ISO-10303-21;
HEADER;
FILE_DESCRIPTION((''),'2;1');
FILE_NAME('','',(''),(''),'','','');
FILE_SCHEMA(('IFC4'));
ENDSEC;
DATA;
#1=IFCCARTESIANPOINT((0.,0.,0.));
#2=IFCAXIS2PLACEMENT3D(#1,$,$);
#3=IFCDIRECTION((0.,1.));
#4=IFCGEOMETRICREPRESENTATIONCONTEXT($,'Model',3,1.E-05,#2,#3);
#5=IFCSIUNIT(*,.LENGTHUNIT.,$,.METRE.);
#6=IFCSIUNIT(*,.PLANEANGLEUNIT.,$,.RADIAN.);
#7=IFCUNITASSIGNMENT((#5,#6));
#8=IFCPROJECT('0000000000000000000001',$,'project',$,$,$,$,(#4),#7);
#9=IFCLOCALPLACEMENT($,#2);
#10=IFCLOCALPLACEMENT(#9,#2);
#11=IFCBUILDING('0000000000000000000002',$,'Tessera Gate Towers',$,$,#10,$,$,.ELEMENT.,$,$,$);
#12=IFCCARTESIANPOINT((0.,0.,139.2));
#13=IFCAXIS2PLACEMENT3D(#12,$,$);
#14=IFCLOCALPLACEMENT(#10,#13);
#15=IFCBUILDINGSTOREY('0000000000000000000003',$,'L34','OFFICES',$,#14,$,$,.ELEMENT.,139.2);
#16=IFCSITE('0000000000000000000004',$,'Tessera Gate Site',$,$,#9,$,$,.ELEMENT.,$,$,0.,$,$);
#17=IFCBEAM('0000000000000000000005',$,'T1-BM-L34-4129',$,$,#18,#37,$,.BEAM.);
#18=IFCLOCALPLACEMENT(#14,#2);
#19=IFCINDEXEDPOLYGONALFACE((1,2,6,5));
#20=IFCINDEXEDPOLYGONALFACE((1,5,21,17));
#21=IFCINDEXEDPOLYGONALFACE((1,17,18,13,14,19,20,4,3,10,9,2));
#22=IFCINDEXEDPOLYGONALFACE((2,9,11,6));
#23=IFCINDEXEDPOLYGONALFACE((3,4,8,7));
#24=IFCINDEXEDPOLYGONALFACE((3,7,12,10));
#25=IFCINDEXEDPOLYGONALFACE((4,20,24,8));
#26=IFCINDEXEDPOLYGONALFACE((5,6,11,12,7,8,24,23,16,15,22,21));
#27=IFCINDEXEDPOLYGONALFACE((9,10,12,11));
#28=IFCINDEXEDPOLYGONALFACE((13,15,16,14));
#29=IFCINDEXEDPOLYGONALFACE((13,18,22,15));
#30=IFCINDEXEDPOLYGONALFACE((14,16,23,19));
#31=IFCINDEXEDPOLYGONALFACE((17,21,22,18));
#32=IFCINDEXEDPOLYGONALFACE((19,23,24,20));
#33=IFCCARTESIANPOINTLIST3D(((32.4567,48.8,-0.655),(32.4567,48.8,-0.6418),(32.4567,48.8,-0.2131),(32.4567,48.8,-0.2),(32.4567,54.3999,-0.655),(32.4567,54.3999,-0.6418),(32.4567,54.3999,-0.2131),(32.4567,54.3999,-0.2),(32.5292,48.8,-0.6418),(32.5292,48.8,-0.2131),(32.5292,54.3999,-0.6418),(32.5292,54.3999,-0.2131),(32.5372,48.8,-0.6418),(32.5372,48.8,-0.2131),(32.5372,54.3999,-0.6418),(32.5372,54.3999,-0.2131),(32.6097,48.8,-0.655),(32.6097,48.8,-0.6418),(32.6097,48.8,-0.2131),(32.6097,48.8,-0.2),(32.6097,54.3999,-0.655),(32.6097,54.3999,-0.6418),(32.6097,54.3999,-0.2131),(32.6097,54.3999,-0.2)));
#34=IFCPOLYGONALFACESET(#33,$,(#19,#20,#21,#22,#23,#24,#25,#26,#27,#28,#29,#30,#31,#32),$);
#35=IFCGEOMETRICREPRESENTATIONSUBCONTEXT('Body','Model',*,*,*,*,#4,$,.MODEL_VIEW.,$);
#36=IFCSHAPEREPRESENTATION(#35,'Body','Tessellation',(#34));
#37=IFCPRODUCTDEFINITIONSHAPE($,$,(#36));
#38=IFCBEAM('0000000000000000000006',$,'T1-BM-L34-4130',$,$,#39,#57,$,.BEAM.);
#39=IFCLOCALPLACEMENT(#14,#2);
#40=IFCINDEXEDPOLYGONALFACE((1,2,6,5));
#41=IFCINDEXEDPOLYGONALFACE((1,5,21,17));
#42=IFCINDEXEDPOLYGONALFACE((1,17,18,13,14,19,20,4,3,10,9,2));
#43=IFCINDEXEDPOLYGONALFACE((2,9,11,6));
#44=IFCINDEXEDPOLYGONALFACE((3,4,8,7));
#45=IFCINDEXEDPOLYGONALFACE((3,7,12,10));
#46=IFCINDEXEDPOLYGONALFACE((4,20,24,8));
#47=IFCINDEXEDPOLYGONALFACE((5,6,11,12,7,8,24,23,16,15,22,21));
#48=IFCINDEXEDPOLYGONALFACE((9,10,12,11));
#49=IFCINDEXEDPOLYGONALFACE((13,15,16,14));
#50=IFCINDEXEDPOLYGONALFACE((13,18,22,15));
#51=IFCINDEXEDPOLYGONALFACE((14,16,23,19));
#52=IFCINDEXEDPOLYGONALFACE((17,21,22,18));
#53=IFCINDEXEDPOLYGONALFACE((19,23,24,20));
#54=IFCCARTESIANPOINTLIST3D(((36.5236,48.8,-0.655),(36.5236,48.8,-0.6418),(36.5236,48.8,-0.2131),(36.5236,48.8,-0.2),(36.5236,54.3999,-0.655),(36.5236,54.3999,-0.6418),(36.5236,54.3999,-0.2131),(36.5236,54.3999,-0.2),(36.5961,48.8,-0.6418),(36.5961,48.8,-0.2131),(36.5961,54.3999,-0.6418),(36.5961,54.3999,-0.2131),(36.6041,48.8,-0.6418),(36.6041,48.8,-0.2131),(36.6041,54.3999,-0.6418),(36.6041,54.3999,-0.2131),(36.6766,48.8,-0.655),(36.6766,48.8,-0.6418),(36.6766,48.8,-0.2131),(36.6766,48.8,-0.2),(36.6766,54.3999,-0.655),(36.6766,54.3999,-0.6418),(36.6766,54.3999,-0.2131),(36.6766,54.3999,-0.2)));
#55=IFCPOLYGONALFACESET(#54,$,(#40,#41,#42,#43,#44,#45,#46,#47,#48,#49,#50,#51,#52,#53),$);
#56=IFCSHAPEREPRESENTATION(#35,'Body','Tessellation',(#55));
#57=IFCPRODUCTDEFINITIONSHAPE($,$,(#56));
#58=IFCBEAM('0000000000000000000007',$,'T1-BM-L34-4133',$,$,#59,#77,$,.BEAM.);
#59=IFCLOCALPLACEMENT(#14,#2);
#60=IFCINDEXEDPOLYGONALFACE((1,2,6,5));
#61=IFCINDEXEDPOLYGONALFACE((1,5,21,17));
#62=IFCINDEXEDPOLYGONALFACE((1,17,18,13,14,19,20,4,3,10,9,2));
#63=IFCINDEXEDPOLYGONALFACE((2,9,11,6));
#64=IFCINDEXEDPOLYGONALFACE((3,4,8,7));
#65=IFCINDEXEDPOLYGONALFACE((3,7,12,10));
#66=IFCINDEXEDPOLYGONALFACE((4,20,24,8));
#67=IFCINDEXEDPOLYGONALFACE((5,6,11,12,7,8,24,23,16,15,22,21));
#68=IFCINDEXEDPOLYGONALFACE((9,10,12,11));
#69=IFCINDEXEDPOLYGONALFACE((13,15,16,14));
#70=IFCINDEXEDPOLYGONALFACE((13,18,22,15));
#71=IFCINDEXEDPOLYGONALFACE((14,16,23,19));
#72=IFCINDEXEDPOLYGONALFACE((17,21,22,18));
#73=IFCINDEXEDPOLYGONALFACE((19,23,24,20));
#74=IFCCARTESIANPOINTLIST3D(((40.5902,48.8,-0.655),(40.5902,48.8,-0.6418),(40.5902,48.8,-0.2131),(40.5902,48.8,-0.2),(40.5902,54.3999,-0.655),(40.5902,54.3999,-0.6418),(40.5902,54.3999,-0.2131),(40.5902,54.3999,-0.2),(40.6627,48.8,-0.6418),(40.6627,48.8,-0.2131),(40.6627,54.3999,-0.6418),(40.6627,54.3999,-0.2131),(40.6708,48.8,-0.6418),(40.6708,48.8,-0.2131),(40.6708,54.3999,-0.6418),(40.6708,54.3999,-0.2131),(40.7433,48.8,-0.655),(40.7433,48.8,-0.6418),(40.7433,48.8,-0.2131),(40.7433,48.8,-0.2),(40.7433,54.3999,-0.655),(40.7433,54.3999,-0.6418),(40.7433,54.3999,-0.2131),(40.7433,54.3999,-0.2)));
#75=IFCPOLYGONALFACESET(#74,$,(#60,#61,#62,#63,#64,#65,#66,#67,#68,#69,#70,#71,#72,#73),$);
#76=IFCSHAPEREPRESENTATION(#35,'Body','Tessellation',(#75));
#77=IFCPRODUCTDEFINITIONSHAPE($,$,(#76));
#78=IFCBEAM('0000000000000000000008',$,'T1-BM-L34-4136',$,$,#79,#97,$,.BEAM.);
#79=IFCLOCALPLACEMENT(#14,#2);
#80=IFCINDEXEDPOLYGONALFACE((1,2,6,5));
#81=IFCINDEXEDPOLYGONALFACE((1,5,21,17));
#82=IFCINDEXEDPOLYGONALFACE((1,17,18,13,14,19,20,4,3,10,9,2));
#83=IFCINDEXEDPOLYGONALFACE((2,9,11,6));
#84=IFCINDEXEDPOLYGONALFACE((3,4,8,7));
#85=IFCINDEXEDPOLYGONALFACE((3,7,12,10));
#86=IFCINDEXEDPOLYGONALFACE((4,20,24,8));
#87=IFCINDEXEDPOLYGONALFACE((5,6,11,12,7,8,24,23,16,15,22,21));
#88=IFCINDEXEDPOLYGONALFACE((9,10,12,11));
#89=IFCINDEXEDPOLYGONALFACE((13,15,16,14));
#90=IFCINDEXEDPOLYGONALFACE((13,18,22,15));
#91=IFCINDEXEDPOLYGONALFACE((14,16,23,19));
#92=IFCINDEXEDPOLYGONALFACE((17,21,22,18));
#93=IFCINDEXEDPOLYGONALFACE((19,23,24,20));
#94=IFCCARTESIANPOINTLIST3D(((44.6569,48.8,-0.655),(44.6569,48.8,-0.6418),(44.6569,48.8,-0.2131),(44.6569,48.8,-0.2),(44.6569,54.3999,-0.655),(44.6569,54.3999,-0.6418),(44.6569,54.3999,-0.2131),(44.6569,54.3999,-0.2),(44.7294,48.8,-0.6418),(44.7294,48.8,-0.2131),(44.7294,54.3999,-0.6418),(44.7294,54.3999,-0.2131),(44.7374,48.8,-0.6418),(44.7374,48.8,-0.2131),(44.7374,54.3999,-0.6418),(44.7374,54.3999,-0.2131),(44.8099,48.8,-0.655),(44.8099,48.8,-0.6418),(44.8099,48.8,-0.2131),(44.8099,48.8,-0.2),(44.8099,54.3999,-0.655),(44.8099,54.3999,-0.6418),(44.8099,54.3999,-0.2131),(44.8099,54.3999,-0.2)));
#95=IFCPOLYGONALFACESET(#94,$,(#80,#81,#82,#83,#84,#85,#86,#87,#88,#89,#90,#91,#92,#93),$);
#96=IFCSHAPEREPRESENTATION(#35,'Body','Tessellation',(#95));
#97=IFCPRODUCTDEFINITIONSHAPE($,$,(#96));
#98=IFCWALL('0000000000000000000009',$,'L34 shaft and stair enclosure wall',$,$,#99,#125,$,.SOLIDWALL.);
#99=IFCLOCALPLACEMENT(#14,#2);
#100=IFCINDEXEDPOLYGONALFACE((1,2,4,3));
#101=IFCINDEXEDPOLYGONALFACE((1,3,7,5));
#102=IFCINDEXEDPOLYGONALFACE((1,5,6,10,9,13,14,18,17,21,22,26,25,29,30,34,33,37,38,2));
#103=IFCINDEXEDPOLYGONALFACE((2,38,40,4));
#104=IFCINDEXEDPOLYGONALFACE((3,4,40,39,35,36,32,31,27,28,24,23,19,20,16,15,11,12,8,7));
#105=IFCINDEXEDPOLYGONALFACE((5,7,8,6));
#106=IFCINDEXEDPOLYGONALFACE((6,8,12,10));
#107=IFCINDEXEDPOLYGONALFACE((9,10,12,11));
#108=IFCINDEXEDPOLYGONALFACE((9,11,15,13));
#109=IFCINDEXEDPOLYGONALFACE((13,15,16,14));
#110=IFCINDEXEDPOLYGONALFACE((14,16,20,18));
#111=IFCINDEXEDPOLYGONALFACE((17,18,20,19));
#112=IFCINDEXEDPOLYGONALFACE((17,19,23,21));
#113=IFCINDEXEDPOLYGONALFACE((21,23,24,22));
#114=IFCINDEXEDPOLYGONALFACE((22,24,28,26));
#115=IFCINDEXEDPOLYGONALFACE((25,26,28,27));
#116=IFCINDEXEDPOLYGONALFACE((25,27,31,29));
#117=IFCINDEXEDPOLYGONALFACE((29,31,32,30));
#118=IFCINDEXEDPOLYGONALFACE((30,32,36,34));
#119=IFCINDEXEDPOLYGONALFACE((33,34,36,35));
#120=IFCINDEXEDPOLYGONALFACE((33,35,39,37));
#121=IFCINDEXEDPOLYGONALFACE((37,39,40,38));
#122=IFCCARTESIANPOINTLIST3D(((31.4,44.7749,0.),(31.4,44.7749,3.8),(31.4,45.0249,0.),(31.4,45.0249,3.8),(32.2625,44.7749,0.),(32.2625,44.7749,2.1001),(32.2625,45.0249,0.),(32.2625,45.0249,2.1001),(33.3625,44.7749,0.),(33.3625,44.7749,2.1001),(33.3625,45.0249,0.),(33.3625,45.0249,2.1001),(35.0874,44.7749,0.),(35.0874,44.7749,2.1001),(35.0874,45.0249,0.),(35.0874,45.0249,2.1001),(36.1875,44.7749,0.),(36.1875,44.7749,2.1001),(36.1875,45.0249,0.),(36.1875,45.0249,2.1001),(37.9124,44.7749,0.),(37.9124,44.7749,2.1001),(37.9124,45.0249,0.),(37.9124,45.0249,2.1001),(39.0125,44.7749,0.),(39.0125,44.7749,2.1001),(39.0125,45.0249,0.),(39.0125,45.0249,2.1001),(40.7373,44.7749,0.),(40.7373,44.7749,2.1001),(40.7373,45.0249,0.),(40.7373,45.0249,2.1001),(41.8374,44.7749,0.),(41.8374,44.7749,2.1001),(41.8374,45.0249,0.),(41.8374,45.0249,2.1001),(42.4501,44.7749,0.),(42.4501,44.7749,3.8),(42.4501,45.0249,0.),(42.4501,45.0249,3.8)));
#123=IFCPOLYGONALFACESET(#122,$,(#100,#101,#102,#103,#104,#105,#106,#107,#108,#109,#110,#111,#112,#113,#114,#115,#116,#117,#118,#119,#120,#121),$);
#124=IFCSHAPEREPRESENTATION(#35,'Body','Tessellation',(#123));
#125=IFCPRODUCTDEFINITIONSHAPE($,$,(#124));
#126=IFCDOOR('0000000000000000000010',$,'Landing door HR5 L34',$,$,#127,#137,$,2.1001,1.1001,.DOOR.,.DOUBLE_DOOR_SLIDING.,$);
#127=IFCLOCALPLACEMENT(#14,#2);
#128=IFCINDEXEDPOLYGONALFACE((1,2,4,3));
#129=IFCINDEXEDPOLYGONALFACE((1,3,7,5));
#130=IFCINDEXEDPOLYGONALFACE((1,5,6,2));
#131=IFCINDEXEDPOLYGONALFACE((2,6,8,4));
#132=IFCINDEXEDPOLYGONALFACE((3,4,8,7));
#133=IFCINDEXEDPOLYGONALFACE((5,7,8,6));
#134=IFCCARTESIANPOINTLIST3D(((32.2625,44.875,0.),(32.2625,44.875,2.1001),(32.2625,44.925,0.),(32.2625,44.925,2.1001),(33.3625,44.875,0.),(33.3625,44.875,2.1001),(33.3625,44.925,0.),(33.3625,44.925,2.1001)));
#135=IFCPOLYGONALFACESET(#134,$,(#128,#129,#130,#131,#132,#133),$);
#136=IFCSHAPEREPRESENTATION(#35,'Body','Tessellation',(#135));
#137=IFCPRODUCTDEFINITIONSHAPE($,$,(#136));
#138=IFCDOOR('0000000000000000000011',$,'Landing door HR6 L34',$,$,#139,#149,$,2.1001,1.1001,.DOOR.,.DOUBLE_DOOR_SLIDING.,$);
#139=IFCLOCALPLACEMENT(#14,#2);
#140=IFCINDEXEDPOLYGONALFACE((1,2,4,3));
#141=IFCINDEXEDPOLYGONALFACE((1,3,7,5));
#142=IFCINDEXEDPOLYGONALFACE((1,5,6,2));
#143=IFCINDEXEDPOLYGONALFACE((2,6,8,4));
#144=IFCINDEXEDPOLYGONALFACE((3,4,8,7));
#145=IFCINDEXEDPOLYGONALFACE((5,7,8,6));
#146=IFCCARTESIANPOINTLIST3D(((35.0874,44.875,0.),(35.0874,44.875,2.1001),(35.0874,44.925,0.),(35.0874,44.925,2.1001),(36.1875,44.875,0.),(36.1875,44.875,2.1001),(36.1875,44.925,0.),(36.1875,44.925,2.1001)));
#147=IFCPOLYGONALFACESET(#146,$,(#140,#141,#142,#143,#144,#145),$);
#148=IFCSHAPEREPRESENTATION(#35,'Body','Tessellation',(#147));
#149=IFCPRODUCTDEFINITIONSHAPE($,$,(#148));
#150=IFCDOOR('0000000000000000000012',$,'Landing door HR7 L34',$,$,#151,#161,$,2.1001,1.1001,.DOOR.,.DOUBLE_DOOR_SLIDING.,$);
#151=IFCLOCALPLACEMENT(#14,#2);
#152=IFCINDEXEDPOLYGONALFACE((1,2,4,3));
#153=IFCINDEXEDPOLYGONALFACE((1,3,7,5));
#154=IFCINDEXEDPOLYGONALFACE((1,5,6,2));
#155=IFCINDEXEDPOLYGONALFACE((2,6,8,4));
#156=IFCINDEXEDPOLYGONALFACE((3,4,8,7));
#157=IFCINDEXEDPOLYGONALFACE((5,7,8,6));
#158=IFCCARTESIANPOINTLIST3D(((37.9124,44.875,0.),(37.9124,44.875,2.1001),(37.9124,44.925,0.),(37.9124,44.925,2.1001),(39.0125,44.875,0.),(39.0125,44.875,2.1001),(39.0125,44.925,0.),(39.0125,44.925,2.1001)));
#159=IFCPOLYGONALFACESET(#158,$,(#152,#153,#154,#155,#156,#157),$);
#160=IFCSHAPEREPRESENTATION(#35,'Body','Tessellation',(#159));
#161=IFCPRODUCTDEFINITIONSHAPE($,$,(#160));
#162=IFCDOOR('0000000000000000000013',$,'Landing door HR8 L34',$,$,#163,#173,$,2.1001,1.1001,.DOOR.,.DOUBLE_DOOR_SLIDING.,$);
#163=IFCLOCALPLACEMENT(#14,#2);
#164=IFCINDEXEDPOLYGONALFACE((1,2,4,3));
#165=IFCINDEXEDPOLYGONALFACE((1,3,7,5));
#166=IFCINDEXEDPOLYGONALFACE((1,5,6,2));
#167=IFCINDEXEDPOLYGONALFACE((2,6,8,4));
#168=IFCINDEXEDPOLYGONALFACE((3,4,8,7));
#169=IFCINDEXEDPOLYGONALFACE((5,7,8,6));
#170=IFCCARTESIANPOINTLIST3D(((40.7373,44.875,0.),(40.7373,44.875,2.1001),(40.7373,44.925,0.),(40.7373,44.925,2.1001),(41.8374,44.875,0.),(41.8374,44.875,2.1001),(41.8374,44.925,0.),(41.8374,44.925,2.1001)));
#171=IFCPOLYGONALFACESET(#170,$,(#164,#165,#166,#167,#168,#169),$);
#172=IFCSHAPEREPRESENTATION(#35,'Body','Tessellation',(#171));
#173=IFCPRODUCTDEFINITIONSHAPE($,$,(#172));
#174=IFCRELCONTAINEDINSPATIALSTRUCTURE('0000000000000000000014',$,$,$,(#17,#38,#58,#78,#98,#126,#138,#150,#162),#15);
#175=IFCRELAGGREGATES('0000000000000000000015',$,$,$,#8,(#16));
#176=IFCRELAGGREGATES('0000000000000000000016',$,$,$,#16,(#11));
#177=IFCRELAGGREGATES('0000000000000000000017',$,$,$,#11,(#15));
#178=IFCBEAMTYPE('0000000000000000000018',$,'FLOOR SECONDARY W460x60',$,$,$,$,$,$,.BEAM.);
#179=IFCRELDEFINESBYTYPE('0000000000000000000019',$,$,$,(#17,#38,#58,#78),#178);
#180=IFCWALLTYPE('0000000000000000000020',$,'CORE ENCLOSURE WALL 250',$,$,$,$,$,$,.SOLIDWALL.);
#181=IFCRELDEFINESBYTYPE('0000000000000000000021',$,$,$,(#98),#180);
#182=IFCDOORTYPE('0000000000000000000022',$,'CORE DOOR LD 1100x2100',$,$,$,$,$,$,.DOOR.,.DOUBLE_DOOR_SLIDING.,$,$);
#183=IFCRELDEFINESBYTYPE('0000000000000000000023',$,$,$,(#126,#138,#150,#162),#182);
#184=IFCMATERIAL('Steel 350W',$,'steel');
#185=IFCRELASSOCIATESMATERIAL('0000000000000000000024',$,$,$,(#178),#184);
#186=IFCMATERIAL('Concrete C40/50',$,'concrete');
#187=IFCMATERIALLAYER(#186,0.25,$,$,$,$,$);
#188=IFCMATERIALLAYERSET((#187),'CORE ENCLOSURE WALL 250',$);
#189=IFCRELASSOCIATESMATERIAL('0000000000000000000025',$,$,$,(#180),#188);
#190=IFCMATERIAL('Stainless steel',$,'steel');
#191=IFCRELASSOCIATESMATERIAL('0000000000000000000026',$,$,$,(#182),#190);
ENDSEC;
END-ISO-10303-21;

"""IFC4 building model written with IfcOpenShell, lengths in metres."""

from ifc_helpers import new_model, si_unit, direction, frame, frame_2d, origin, origin_2d, place, context, subcontext, project, spatial, rectangle, i_section, extrude, source, transform, mapped, material, layer, layer_set, material_profile, profile_set, type_object, element, fill, save


model = new_model("IFC4")

# Units and contexts
model_context = context("Model", 3, precision=1e-05, world=origin(), true_north=direction((0.0, 1.0)))
body_context = subcontext(model_context, "Body", "Model", "MODEL_VIEW")
ifc_project = project(units=[si_unit("LENGTHUNIT", "METRE"), si_unit("PLANEANGLEUNIT", "RADIAN")], contexts=[model_context])

# Site, building, storey
site_placement = place(None, origin())
site = spatial("IfcSite", under=ifc_project, at=site_placement, Name="Tessera Gate Site", CompositionType="ELEMENT", RefElevation=0.0)
building_placement = place(site_placement, origin())
building = spatial("IfcBuilding", under=site, at=building_placement, Name="Tessera Gate Towers", CompositionType="ELEMENT")
storey_placement = place(building_placement, frame((0.0, 0.0, 139.2)))
storey = spatial("IfcBuildingStorey", under=building, at=storey_placement, Name="L34", Description="OFFICES", CompositionType="ELEMENT", Elevation=139.2)

# Beams
ifc_material_1 = material(Name="Steel 350W", Category="steel")
ifc_material_profile = material_profile(ifc_material_1, i_section(OverallWidth=0.1531, OverallDepth=0.4551, WebThickness=0.0081, FlangeThickness=0.0132, at=origin_2d()), Name="W460x60")
ifc_profile_set = profile_set([ifc_material_profile], Name="Steel 350W")
beam_type = type_object("IfcBeamType", Name="FLOOR SECONDARY W460x60", PredefinedType="BEAM", material=ifc_profile_set)
for number, where, z_axis, x_axis, name in (
    (1, (32.5332, 48.8, -0.4275), (0.0, 1.0, 0.0), (-1.0, 0.0, 0.0), "T1-BM-L34-4129"),
    (2, (36.6001, 48.8, -0.4275), (0.0, 1.0, 0.0), (-1.0, 0.0, 0.0), "T1-BM-L34-4130"),
    (3, (40.6667, 48.8, -0.4275), (0.0, 1.0, 0.0), (-1.0, 0.0, 0.0), "T1-BM-L34-4133"),
    (4, (44.7334, 48.8, -0.4275), (0.0, 1.0, 0.0), (-1.0, 0.0, 0.0), "T1-BM-L34-4136"),
):
    element("IfcBeam", number, at=place(storey_placement, frame(where, z_axis=z_axis, x_axis=x_axis)), inside=storey, type_object=beam_type, Name=name, PredefinedType="BEAM", context=body_context, shape_type="SweptSolid", body=[
        extrude(i_section(OverallWidth=0.1531, OverallDepth=0.4551, WebThickness=0.0081, FlangeThickness=0.0132, at=origin_2d()), origin(), (0.0, 0.0, 1.0), 5.5999),
    ])

# Wall, openings, doors
ifc_material_2 = material(Name="Concrete C40/50", Category="concrete")
ifc_layer_1 = layer(ifc_material_2, 0.25)
ifc_layer_set_1 = layer_set([ifc_layer_1], Name="CORE ENCLOSURE WALL 250")
wall_type_1 = type_object("IfcWallType", Name="CORE ENCLOSURE WALL 250", PredefinedType="SOLIDWALL", material=ifc_layer_set_1)
wall_1_placement = place(storey_placement, frame((42.45, 44.8999, 0.0), z_axis=(0.0, 0.0, 1.0), x_axis=(-1.0, 0.0, 0.0)))
wall_1 = element("IfcWall", 5, at=wall_1_placement, inside=storey, type_object=wall_type_1, Name="L34 shaft and stair enclosure wall", PredefinedType="SOLIDWALL", context=body_context, shape_type="SweptSolid", body=[
    extrude(rectangle(XDim=11.05, YDim=0.25, at=frame_2d((5.5249, 0.0))), origin(), (0.0, 0.0, 1.0), 3.8),
])
shared_shape_1 = source(origin(), body_context, "Body", "SweptSolid", [
    extrude(rectangle(XDim=1.1001, YDim=2.1001, at=frame_2d((0.55, 1.05))), frame((0.0, 0.135, 0.0), z_axis=(0.0, -1.0, 0.0), x_axis=(1.0, 0.0, 0.0)), (0.0, 0.0, 1.0), 0.27),
])
opening_1_placement = place(wall_1_placement, frame((9.0874, 0.0, 0.0)))
opening_1 = element("IfcOpeningElement", 6, at=opening_1_placement, cuts=wall_1, PredefinedType="OPENING", context=body_context, shape_type="MappedRepresentation", body=[
    mapped(shared_shape_1, transform((0.0, 0.0, 0.0), scale=1.0)),
])
opening_2_placement = place(wall_1_placement, frame((6.2625, 0.0, 0.0)))
opening_2 = element("IfcOpeningElement", 7, at=opening_2_placement, cuts=wall_1, PredefinedType="OPENING", context=body_context, shape_type="MappedRepresentation", body=[
    mapped(shared_shape_1, transform((0.0, 0.0, 0.0), scale=1.0)),
])
opening_3_placement = place(wall_1_placement, frame((3.4375, 0.0, 0.0)))
opening_3 = element("IfcOpeningElement", 8, at=opening_3_placement, cuts=wall_1, PredefinedType="OPENING", context=body_context, shape_type="MappedRepresentation", body=[
    mapped(shared_shape_1, transform((0.0, 0.0, 0.0), scale=1.0)),
])
opening_4_placement = place(wall_1_placement, frame((0.6125, 0.0, 0.0)))
opening_4 = element("IfcOpeningElement", 9, at=opening_4_placement, cuts=wall_1, PredefinedType="OPENING", context=body_context, shape_type="MappedRepresentation", body=[
    mapped(shared_shape_1, transform((0.0, 0.0, 0.0), scale=1.0)),
])
ifc_material_3 = material(Name="Stainless steel", Category="steel")
door_type_1 = type_object("IfcDoorType", Name="CORE DOOR LD 1100x2100", OperationType="DOUBLE_DOOR_SLIDING", PredefinedType="DOOR", material=ifc_material_3)
shared_shape_2 = source(origin(), body_context, "Body", "SweptSolid", [
    extrude(rectangle(XDim=1.1001, YDim=2.1001, at=frame_2d((0.55, 1.05))), frame((0.0, 0.0249, 0.0), z_axis=(0.0, -1.0, 0.0), x_axis=(1.0, 0.0, 0.0)), (0.0, 0.0, 1.0), 0.05),
])
door_1_placement = place(opening_1_placement, origin())
door_1 = element("IfcDoor", 10, at=door_1_placement, inside=storey, type_object=door_type_1, Name="Landing door HR5 L34", OperationType="DOUBLE_DOOR_SLIDING", OverallHeight=2.1001, OverallWidth=1.1001, PredefinedType="DOOR", context=body_context, shape_type="MappedRepresentation", body=[
    mapped(shared_shape_2, transform((0.0, 0.0, 0.0), scale=1.0)),
])
fill(opening_1, door_1)
door_2_placement = place(opening_2_placement, origin())
door_2 = element("IfcDoor", 11, at=door_2_placement, inside=storey, type_object=door_type_1, Name="Landing door HR6 L34", OperationType="DOUBLE_DOOR_SLIDING", OverallHeight=2.1001, OverallWidth=1.1001, PredefinedType="DOOR", context=body_context, shape_type="MappedRepresentation", body=[
    mapped(shared_shape_2, transform((0.0, 0.0, 0.0), scale=1.0)),
])
fill(opening_2, door_2)
door_3_placement = place(opening_3_placement, origin())
door_3 = element("IfcDoor", 12, at=door_3_placement, inside=storey, type_object=door_type_1, Name="Landing door HR7 L34", OperationType="DOUBLE_DOOR_SLIDING", OverallHeight=2.1001, OverallWidth=1.1001, PredefinedType="DOOR", context=body_context, shape_type="MappedRepresentation", body=[
    mapped(shared_shape_2, transform((0.0, 0.0, 0.0), scale=1.0)),
])
fill(opening_3, door_3)
door_4_placement = place(opening_4_placement, origin())
door_4 = element("IfcDoor", 13, at=door_4_placement, inside=storey, type_object=door_type_1, Name="Landing door HR8 L34", OperationType="DOUBLE_DOOR_SLIDING", OverallHeight=2.1001, OverallWidth=1.1001, PredefinedType="DOOR", context=body_context, shape_type="MappedRepresentation", body=[
    mapped(shared_shape_2, transform((0.0, 0.0, 0.0), scale=1.0)),
])
fill(opening_4, door_4)

save(model, "model.ifc")
